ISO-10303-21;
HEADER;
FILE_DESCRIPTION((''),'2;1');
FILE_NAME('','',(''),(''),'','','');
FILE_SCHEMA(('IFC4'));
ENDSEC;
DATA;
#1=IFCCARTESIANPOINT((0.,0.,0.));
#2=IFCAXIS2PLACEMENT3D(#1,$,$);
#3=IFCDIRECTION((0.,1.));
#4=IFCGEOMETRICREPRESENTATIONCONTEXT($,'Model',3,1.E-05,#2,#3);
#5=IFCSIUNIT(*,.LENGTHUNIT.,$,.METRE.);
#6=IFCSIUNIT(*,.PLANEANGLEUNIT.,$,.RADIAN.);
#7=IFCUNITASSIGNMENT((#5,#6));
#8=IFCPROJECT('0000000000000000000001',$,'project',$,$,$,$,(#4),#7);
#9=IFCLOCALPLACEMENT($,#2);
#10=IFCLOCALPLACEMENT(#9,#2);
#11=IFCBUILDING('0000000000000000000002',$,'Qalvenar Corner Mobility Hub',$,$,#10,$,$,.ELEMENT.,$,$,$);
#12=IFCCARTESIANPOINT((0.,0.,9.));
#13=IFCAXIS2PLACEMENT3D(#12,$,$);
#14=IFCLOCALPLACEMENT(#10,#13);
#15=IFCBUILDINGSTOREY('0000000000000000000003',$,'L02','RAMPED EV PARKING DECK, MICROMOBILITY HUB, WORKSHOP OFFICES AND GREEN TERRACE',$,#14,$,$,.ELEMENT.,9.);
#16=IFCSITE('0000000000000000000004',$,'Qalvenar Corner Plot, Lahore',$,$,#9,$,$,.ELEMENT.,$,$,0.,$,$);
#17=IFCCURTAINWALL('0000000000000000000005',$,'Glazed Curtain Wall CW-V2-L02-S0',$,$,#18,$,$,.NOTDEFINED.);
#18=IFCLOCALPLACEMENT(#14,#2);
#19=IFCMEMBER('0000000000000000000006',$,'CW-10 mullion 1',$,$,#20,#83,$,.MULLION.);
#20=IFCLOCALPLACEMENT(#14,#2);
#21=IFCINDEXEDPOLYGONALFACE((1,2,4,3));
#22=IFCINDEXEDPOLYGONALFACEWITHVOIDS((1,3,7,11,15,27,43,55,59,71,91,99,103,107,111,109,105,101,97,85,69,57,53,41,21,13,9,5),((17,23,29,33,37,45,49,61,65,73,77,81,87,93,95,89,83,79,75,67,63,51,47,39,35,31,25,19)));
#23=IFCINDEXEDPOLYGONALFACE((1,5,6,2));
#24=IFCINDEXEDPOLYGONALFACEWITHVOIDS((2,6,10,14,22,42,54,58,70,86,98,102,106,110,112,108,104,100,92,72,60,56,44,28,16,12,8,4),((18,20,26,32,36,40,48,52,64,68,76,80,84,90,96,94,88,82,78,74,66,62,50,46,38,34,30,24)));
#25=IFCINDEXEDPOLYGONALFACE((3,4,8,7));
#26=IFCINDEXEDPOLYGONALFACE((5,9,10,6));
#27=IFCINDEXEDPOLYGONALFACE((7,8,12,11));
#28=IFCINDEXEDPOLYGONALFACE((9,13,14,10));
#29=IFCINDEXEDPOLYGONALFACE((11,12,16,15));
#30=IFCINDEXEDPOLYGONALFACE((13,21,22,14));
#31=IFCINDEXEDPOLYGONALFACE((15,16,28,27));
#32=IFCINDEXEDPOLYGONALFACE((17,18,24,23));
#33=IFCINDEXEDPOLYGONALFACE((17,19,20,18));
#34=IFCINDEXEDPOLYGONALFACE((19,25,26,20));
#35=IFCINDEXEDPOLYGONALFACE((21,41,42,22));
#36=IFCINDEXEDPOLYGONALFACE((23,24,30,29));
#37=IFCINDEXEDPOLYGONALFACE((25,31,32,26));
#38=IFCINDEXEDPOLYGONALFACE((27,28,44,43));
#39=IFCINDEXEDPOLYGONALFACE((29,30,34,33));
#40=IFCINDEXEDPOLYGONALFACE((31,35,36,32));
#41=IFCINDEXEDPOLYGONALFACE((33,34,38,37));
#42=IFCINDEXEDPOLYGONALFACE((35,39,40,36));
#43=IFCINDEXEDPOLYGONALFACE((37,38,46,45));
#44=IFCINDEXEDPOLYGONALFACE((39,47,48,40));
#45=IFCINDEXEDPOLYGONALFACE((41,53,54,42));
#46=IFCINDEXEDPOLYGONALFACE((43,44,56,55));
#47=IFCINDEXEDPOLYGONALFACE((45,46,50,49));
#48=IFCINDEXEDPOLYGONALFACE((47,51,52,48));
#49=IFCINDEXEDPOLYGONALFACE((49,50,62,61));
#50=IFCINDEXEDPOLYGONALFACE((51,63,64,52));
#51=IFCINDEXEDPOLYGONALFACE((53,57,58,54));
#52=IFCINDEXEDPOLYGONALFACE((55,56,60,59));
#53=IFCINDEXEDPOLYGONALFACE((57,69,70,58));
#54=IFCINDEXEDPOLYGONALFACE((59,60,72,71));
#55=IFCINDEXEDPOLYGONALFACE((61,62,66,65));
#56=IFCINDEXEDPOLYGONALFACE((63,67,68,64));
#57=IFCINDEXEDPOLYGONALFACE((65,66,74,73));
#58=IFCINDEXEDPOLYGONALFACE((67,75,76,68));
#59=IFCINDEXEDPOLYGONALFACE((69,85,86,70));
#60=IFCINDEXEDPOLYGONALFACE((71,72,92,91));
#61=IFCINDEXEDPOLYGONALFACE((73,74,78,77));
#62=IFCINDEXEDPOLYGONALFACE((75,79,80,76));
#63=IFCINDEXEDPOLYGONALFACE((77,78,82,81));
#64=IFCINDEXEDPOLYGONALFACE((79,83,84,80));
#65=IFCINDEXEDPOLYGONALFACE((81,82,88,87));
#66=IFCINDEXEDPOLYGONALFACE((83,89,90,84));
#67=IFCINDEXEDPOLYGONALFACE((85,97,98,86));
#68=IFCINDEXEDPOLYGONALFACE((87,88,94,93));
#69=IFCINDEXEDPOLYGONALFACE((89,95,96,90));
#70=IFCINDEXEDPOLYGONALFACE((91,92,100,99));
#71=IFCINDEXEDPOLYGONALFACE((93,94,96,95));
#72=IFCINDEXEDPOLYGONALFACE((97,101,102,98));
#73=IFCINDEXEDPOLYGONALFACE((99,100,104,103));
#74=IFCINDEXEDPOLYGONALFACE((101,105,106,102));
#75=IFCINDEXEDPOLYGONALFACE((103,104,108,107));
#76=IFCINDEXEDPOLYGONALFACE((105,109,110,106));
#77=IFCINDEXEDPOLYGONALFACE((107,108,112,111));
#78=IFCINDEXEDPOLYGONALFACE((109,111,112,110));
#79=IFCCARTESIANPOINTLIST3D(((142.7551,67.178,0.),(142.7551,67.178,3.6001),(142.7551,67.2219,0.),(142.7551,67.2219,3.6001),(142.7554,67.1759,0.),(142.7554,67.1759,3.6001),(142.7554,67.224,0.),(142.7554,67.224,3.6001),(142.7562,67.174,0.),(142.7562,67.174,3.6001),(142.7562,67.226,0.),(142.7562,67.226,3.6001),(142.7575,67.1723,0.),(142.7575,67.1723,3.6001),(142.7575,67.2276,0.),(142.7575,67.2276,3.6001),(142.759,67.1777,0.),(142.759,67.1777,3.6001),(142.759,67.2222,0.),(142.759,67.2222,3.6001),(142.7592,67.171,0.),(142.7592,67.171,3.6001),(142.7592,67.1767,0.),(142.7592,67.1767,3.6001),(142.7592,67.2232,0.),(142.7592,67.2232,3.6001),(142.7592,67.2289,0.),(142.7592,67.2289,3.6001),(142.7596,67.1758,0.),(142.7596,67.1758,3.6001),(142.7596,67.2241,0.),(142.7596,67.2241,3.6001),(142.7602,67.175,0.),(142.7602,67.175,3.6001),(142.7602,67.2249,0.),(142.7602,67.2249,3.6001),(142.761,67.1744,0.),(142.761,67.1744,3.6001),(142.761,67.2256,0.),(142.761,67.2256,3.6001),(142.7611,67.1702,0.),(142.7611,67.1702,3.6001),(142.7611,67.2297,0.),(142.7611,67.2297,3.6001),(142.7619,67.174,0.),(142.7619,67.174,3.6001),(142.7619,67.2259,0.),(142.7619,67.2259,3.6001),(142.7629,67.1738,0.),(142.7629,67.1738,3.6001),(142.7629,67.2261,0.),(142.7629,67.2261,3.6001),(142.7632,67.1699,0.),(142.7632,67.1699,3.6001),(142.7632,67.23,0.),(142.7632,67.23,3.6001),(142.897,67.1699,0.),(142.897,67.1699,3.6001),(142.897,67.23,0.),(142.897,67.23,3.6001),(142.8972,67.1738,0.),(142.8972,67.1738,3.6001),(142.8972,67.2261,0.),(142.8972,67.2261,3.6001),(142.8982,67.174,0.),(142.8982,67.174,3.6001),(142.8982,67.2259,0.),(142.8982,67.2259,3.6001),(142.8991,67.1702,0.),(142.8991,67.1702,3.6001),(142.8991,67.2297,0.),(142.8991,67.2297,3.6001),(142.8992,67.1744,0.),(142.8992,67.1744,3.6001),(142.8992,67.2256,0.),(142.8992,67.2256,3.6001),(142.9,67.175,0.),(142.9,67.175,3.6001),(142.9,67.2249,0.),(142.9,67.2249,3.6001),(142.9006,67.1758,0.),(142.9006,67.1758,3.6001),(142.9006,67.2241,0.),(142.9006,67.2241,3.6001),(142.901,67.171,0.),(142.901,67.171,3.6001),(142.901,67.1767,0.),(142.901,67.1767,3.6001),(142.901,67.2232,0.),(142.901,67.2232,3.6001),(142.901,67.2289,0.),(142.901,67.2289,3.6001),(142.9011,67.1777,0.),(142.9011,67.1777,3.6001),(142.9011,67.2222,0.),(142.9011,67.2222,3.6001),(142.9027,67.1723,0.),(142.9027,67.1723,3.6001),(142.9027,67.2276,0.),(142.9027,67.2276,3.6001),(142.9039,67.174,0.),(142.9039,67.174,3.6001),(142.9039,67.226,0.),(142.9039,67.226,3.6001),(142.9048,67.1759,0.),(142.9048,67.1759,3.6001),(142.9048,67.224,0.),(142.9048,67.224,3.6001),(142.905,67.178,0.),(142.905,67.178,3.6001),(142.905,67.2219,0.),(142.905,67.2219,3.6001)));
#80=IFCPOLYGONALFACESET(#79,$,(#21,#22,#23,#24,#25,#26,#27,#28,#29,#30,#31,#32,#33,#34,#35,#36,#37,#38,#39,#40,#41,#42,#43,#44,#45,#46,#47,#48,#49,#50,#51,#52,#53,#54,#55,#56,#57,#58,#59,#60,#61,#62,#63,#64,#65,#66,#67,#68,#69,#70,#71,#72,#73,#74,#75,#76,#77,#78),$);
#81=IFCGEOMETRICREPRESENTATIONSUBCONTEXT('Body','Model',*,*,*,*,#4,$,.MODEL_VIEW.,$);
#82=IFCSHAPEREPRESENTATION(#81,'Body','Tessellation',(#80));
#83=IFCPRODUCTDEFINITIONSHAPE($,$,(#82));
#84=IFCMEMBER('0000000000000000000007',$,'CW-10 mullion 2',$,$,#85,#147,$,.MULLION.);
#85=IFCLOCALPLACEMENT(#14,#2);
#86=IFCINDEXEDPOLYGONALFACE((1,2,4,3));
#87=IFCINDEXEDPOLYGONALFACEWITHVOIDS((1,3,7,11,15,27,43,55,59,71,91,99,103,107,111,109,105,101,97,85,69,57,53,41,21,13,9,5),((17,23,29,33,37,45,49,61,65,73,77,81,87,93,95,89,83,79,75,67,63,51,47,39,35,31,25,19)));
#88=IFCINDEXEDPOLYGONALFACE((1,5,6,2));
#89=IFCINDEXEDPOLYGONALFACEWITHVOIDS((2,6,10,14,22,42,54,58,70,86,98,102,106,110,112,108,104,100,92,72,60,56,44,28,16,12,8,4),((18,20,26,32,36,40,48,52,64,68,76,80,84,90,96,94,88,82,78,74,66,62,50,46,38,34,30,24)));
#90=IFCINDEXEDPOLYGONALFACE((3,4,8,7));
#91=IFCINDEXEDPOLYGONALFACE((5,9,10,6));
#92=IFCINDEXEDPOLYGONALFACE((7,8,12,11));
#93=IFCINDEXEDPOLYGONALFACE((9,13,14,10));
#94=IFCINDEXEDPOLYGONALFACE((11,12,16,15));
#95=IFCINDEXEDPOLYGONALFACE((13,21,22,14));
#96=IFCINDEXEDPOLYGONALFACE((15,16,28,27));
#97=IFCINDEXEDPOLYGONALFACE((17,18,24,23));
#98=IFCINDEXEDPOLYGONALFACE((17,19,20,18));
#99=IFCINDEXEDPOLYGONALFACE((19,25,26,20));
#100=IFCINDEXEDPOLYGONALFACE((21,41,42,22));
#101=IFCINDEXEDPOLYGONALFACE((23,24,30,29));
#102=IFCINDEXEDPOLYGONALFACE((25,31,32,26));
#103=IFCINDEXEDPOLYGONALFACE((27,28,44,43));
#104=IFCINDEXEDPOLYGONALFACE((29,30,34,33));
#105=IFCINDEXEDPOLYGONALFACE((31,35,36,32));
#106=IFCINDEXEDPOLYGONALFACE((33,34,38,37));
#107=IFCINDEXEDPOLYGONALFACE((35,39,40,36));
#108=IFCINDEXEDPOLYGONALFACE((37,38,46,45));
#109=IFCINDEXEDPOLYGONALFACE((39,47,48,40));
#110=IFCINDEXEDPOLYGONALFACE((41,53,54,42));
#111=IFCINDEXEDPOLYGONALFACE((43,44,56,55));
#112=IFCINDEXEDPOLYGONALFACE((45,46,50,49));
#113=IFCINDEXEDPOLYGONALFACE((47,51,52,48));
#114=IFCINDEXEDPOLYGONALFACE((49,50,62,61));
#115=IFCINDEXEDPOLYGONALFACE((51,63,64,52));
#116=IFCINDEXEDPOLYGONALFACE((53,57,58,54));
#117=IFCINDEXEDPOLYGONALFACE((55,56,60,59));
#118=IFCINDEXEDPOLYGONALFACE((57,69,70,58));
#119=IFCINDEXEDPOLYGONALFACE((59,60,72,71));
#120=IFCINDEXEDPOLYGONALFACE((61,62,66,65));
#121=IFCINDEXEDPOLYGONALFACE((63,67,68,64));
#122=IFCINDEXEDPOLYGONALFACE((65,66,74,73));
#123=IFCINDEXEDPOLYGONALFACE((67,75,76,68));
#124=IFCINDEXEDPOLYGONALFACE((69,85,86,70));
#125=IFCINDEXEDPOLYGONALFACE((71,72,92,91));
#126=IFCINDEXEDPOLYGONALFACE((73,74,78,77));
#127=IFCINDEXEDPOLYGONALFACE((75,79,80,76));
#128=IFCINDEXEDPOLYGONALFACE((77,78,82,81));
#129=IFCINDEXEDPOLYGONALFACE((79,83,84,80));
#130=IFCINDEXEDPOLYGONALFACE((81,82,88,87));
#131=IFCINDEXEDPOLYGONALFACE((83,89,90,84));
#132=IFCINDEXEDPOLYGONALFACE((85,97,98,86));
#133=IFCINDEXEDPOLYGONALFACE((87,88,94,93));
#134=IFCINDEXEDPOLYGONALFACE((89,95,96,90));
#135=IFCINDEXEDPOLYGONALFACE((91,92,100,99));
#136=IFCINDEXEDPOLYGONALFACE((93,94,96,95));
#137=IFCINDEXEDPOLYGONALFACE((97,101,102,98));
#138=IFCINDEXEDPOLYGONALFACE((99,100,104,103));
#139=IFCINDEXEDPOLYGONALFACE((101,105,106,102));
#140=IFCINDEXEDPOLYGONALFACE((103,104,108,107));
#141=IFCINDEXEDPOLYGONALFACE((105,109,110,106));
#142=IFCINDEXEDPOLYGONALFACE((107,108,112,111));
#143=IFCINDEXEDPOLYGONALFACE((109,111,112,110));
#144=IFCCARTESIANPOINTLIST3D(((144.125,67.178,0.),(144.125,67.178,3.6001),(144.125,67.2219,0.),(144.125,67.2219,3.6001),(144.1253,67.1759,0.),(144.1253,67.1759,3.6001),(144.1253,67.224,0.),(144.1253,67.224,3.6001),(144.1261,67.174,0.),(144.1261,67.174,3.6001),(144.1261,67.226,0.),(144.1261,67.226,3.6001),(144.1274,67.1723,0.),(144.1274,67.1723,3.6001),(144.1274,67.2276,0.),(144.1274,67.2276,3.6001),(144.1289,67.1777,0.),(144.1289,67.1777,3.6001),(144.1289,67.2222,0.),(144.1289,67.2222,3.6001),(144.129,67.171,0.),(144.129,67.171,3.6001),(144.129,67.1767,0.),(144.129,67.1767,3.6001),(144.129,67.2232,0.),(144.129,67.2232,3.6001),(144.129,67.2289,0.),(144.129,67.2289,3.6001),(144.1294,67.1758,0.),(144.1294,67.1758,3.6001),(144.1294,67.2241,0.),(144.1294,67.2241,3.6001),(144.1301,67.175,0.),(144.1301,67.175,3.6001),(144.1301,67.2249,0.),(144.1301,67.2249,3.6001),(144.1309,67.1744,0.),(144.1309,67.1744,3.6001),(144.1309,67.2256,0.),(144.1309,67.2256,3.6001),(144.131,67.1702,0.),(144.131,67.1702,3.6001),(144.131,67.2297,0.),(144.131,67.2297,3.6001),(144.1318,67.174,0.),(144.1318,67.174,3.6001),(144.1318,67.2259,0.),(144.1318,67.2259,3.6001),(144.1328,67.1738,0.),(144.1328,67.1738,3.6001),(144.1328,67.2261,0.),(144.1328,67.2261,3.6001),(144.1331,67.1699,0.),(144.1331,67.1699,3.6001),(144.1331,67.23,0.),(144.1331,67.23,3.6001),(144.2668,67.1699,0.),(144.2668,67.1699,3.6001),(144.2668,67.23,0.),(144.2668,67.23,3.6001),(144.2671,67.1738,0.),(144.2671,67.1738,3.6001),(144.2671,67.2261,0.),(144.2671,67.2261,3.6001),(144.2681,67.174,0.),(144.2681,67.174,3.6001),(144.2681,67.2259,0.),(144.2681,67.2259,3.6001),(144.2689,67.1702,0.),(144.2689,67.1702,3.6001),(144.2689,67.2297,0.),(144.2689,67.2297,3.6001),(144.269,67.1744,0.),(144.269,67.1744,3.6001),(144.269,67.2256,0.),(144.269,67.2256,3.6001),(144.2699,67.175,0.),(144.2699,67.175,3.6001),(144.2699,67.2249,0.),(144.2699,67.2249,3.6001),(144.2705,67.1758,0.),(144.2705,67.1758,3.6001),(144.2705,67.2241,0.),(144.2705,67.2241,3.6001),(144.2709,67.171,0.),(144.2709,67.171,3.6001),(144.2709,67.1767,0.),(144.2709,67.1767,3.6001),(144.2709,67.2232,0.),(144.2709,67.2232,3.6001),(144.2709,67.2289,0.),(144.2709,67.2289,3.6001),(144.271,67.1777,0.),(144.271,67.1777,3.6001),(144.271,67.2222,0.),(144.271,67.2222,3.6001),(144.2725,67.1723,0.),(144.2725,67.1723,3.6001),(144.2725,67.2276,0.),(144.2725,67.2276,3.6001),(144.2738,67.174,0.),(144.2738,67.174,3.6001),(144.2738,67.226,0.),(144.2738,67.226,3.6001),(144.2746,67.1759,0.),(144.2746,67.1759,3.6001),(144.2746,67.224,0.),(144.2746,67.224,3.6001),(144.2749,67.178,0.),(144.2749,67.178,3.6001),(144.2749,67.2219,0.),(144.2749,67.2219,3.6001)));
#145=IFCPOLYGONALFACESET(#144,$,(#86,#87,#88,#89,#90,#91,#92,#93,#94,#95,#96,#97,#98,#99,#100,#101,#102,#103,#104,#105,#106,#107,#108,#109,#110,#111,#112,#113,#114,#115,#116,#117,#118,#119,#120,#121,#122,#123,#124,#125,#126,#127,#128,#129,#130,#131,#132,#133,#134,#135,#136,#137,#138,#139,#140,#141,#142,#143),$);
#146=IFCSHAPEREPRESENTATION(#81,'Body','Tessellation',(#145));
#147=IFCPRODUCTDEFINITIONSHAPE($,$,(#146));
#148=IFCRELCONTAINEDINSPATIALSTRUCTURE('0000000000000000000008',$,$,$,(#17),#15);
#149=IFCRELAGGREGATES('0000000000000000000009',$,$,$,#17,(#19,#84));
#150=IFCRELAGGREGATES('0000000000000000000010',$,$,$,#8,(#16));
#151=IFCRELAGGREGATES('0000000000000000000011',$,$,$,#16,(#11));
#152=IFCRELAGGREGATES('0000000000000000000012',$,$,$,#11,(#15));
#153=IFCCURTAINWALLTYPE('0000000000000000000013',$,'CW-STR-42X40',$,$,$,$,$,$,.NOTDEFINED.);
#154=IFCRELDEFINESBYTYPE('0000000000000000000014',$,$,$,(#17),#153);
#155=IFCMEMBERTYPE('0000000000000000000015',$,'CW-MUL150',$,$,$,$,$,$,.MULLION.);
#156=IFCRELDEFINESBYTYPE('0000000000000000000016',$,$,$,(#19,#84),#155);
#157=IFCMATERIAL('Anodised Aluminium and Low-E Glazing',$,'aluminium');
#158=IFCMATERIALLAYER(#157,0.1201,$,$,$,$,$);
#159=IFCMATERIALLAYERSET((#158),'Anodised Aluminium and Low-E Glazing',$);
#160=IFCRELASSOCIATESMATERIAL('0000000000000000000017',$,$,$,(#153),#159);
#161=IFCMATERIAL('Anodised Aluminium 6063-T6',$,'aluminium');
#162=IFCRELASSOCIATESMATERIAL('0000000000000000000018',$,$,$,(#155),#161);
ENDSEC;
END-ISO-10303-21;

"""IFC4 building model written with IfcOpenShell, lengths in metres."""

from ifc_helpers import new_model, si_unit, direction, frame, origin, origin_2d, place, context, subcontext, project, spatial, hollow_rectangle, extrude, material, layer, layer_set, material_profile, profile_set, type_object, element, aggregate, save


model = new_model("IFC4")

# Units and contexts
model_context = context("Model", 3, precision=1e-05, world=origin(), true_north=direction((0.0, 1.0)))
body_context = subcontext(model_context, "Body", "Model", "MODEL_VIEW")
ifc_project = project(units=[si_unit("LENGTHUNIT", "METRE"), si_unit("PLANEANGLEUNIT", "RADIAN")], contexts=[model_context])

# Site, building, storey
site_placement = place(None, origin())
site = spatial("IfcSite", under=ifc_project, at=site_placement, Name="Qalvenar Corner Plot, Lahore", CompositionType="ELEMENT", RefElevation=0.0)
building_placement = place(site_placement, origin())
building = spatial("IfcBuilding", under=site, at=building_placement, Name="Qalvenar Corner Mobility Hub", CompositionType="ELEMENT")
storey_placement = place(building_placement, frame((0.0, 0.0, 9.0)))
storey = spatial("IfcBuildingStorey", under=building, at=storey_placement, Name="L02", Description="RAMPED EV PARKING DECK, MICROMOBILITY HUB, WORKSHOP OFFICES AND GREEN TERRACE", CompositionType="ELEMENT", Elevation=9.0)

# Curtain wall, members
ifc_material_1 = material(Name="Anodised Aluminium and Low-E Glazing", Category="aluminium")
ifc_layer_1 = layer(ifc_material_1, 0.1201)
ifc_layer_set_1 = layer_set([ifc_layer_1], Name="Anodised Aluminium and Low-E Glazing")
curtain_wall_type = type_object("IfcCurtainWallType", Name="CW-STR-42X40", PredefinedType="NOTDEFINED", material=ifc_layer_set_1)
curtain_wall_placement = place(storey_placement, origin())
curtain_wall = element("IfcCurtainWall", 1, at=curtain_wall_placement, inside=storey, type_object=curtain_wall_type, Name="Glazed Curtain Wall CW-V2-L02-S0", PredefinedType="NOTDEFINED")
ifc_material_2 = material(Name="Anodised Aluminium 6063-T6", Category="aluminium")
ifc_material_profile_1 = material_profile(ifc_material_2, hollow_rectangle(XDim=0.0601, YDim=0.1499, WallThickness=0.0039, InnerFilletRadius=0.0039, OuterFilletRadius=0.0081, at=origin_2d()), Name="RHS150x60x4")
ifc_profile_set_1 = profile_set([ifc_material_profile_1], Name="Anodised Aluminium 6063-T6")
member_type_1 = type_object("IfcMemberType", Name="CW-MUL150", PredefinedType="MULLION", material=ifc_profile_set_1)
member_1_placement = place(storey_placement, frame((142.8301, 67.2, 0.0), z_axis=(0.0, 0.0, 1.0), x_axis=(0.0, 1.0, 0.0)))
member_1 = element("IfcMember", 2, at=member_1_placement, type_object=member_type_1, Name="CW-10 mullion 1", PredefinedType="MULLION", context=body_context, shape_type="SweptSolid", body=[
    extrude(hollow_rectangle(XDim=0.0601, YDim=0.1499, WallThickness=0.0039, InnerFilletRadius=0.0039, OuterFilletRadius=0.0081, at=origin_2d()), origin(), (0.0, 0.0, 1.0), 3.6001),
])
member_2_placement = place(storey_placement, frame((144.2, 67.2, 0.0), z_axis=(0.0, 0.0, 1.0), x_axis=(0.0, 1.0, 0.0)))
member_2 = element("IfcMember", 3, at=member_2_placement, type_object=member_type_1, Name="CW-10 mullion 2", PredefinedType="MULLION", context=body_context, shape_type="SweptSolid", body=[
    extrude(hollow_rectangle(XDim=0.0601, YDim=0.1499, WallThickness=0.0039, InnerFilletRadius=0.0039, OuterFilletRadius=0.0081, at=origin_2d()), origin(), (0.0, 0.0, 1.0), 3.6001),
])

aggregate(curtain_wall, [member_1, member_2])

save(model, "model.ifc")
